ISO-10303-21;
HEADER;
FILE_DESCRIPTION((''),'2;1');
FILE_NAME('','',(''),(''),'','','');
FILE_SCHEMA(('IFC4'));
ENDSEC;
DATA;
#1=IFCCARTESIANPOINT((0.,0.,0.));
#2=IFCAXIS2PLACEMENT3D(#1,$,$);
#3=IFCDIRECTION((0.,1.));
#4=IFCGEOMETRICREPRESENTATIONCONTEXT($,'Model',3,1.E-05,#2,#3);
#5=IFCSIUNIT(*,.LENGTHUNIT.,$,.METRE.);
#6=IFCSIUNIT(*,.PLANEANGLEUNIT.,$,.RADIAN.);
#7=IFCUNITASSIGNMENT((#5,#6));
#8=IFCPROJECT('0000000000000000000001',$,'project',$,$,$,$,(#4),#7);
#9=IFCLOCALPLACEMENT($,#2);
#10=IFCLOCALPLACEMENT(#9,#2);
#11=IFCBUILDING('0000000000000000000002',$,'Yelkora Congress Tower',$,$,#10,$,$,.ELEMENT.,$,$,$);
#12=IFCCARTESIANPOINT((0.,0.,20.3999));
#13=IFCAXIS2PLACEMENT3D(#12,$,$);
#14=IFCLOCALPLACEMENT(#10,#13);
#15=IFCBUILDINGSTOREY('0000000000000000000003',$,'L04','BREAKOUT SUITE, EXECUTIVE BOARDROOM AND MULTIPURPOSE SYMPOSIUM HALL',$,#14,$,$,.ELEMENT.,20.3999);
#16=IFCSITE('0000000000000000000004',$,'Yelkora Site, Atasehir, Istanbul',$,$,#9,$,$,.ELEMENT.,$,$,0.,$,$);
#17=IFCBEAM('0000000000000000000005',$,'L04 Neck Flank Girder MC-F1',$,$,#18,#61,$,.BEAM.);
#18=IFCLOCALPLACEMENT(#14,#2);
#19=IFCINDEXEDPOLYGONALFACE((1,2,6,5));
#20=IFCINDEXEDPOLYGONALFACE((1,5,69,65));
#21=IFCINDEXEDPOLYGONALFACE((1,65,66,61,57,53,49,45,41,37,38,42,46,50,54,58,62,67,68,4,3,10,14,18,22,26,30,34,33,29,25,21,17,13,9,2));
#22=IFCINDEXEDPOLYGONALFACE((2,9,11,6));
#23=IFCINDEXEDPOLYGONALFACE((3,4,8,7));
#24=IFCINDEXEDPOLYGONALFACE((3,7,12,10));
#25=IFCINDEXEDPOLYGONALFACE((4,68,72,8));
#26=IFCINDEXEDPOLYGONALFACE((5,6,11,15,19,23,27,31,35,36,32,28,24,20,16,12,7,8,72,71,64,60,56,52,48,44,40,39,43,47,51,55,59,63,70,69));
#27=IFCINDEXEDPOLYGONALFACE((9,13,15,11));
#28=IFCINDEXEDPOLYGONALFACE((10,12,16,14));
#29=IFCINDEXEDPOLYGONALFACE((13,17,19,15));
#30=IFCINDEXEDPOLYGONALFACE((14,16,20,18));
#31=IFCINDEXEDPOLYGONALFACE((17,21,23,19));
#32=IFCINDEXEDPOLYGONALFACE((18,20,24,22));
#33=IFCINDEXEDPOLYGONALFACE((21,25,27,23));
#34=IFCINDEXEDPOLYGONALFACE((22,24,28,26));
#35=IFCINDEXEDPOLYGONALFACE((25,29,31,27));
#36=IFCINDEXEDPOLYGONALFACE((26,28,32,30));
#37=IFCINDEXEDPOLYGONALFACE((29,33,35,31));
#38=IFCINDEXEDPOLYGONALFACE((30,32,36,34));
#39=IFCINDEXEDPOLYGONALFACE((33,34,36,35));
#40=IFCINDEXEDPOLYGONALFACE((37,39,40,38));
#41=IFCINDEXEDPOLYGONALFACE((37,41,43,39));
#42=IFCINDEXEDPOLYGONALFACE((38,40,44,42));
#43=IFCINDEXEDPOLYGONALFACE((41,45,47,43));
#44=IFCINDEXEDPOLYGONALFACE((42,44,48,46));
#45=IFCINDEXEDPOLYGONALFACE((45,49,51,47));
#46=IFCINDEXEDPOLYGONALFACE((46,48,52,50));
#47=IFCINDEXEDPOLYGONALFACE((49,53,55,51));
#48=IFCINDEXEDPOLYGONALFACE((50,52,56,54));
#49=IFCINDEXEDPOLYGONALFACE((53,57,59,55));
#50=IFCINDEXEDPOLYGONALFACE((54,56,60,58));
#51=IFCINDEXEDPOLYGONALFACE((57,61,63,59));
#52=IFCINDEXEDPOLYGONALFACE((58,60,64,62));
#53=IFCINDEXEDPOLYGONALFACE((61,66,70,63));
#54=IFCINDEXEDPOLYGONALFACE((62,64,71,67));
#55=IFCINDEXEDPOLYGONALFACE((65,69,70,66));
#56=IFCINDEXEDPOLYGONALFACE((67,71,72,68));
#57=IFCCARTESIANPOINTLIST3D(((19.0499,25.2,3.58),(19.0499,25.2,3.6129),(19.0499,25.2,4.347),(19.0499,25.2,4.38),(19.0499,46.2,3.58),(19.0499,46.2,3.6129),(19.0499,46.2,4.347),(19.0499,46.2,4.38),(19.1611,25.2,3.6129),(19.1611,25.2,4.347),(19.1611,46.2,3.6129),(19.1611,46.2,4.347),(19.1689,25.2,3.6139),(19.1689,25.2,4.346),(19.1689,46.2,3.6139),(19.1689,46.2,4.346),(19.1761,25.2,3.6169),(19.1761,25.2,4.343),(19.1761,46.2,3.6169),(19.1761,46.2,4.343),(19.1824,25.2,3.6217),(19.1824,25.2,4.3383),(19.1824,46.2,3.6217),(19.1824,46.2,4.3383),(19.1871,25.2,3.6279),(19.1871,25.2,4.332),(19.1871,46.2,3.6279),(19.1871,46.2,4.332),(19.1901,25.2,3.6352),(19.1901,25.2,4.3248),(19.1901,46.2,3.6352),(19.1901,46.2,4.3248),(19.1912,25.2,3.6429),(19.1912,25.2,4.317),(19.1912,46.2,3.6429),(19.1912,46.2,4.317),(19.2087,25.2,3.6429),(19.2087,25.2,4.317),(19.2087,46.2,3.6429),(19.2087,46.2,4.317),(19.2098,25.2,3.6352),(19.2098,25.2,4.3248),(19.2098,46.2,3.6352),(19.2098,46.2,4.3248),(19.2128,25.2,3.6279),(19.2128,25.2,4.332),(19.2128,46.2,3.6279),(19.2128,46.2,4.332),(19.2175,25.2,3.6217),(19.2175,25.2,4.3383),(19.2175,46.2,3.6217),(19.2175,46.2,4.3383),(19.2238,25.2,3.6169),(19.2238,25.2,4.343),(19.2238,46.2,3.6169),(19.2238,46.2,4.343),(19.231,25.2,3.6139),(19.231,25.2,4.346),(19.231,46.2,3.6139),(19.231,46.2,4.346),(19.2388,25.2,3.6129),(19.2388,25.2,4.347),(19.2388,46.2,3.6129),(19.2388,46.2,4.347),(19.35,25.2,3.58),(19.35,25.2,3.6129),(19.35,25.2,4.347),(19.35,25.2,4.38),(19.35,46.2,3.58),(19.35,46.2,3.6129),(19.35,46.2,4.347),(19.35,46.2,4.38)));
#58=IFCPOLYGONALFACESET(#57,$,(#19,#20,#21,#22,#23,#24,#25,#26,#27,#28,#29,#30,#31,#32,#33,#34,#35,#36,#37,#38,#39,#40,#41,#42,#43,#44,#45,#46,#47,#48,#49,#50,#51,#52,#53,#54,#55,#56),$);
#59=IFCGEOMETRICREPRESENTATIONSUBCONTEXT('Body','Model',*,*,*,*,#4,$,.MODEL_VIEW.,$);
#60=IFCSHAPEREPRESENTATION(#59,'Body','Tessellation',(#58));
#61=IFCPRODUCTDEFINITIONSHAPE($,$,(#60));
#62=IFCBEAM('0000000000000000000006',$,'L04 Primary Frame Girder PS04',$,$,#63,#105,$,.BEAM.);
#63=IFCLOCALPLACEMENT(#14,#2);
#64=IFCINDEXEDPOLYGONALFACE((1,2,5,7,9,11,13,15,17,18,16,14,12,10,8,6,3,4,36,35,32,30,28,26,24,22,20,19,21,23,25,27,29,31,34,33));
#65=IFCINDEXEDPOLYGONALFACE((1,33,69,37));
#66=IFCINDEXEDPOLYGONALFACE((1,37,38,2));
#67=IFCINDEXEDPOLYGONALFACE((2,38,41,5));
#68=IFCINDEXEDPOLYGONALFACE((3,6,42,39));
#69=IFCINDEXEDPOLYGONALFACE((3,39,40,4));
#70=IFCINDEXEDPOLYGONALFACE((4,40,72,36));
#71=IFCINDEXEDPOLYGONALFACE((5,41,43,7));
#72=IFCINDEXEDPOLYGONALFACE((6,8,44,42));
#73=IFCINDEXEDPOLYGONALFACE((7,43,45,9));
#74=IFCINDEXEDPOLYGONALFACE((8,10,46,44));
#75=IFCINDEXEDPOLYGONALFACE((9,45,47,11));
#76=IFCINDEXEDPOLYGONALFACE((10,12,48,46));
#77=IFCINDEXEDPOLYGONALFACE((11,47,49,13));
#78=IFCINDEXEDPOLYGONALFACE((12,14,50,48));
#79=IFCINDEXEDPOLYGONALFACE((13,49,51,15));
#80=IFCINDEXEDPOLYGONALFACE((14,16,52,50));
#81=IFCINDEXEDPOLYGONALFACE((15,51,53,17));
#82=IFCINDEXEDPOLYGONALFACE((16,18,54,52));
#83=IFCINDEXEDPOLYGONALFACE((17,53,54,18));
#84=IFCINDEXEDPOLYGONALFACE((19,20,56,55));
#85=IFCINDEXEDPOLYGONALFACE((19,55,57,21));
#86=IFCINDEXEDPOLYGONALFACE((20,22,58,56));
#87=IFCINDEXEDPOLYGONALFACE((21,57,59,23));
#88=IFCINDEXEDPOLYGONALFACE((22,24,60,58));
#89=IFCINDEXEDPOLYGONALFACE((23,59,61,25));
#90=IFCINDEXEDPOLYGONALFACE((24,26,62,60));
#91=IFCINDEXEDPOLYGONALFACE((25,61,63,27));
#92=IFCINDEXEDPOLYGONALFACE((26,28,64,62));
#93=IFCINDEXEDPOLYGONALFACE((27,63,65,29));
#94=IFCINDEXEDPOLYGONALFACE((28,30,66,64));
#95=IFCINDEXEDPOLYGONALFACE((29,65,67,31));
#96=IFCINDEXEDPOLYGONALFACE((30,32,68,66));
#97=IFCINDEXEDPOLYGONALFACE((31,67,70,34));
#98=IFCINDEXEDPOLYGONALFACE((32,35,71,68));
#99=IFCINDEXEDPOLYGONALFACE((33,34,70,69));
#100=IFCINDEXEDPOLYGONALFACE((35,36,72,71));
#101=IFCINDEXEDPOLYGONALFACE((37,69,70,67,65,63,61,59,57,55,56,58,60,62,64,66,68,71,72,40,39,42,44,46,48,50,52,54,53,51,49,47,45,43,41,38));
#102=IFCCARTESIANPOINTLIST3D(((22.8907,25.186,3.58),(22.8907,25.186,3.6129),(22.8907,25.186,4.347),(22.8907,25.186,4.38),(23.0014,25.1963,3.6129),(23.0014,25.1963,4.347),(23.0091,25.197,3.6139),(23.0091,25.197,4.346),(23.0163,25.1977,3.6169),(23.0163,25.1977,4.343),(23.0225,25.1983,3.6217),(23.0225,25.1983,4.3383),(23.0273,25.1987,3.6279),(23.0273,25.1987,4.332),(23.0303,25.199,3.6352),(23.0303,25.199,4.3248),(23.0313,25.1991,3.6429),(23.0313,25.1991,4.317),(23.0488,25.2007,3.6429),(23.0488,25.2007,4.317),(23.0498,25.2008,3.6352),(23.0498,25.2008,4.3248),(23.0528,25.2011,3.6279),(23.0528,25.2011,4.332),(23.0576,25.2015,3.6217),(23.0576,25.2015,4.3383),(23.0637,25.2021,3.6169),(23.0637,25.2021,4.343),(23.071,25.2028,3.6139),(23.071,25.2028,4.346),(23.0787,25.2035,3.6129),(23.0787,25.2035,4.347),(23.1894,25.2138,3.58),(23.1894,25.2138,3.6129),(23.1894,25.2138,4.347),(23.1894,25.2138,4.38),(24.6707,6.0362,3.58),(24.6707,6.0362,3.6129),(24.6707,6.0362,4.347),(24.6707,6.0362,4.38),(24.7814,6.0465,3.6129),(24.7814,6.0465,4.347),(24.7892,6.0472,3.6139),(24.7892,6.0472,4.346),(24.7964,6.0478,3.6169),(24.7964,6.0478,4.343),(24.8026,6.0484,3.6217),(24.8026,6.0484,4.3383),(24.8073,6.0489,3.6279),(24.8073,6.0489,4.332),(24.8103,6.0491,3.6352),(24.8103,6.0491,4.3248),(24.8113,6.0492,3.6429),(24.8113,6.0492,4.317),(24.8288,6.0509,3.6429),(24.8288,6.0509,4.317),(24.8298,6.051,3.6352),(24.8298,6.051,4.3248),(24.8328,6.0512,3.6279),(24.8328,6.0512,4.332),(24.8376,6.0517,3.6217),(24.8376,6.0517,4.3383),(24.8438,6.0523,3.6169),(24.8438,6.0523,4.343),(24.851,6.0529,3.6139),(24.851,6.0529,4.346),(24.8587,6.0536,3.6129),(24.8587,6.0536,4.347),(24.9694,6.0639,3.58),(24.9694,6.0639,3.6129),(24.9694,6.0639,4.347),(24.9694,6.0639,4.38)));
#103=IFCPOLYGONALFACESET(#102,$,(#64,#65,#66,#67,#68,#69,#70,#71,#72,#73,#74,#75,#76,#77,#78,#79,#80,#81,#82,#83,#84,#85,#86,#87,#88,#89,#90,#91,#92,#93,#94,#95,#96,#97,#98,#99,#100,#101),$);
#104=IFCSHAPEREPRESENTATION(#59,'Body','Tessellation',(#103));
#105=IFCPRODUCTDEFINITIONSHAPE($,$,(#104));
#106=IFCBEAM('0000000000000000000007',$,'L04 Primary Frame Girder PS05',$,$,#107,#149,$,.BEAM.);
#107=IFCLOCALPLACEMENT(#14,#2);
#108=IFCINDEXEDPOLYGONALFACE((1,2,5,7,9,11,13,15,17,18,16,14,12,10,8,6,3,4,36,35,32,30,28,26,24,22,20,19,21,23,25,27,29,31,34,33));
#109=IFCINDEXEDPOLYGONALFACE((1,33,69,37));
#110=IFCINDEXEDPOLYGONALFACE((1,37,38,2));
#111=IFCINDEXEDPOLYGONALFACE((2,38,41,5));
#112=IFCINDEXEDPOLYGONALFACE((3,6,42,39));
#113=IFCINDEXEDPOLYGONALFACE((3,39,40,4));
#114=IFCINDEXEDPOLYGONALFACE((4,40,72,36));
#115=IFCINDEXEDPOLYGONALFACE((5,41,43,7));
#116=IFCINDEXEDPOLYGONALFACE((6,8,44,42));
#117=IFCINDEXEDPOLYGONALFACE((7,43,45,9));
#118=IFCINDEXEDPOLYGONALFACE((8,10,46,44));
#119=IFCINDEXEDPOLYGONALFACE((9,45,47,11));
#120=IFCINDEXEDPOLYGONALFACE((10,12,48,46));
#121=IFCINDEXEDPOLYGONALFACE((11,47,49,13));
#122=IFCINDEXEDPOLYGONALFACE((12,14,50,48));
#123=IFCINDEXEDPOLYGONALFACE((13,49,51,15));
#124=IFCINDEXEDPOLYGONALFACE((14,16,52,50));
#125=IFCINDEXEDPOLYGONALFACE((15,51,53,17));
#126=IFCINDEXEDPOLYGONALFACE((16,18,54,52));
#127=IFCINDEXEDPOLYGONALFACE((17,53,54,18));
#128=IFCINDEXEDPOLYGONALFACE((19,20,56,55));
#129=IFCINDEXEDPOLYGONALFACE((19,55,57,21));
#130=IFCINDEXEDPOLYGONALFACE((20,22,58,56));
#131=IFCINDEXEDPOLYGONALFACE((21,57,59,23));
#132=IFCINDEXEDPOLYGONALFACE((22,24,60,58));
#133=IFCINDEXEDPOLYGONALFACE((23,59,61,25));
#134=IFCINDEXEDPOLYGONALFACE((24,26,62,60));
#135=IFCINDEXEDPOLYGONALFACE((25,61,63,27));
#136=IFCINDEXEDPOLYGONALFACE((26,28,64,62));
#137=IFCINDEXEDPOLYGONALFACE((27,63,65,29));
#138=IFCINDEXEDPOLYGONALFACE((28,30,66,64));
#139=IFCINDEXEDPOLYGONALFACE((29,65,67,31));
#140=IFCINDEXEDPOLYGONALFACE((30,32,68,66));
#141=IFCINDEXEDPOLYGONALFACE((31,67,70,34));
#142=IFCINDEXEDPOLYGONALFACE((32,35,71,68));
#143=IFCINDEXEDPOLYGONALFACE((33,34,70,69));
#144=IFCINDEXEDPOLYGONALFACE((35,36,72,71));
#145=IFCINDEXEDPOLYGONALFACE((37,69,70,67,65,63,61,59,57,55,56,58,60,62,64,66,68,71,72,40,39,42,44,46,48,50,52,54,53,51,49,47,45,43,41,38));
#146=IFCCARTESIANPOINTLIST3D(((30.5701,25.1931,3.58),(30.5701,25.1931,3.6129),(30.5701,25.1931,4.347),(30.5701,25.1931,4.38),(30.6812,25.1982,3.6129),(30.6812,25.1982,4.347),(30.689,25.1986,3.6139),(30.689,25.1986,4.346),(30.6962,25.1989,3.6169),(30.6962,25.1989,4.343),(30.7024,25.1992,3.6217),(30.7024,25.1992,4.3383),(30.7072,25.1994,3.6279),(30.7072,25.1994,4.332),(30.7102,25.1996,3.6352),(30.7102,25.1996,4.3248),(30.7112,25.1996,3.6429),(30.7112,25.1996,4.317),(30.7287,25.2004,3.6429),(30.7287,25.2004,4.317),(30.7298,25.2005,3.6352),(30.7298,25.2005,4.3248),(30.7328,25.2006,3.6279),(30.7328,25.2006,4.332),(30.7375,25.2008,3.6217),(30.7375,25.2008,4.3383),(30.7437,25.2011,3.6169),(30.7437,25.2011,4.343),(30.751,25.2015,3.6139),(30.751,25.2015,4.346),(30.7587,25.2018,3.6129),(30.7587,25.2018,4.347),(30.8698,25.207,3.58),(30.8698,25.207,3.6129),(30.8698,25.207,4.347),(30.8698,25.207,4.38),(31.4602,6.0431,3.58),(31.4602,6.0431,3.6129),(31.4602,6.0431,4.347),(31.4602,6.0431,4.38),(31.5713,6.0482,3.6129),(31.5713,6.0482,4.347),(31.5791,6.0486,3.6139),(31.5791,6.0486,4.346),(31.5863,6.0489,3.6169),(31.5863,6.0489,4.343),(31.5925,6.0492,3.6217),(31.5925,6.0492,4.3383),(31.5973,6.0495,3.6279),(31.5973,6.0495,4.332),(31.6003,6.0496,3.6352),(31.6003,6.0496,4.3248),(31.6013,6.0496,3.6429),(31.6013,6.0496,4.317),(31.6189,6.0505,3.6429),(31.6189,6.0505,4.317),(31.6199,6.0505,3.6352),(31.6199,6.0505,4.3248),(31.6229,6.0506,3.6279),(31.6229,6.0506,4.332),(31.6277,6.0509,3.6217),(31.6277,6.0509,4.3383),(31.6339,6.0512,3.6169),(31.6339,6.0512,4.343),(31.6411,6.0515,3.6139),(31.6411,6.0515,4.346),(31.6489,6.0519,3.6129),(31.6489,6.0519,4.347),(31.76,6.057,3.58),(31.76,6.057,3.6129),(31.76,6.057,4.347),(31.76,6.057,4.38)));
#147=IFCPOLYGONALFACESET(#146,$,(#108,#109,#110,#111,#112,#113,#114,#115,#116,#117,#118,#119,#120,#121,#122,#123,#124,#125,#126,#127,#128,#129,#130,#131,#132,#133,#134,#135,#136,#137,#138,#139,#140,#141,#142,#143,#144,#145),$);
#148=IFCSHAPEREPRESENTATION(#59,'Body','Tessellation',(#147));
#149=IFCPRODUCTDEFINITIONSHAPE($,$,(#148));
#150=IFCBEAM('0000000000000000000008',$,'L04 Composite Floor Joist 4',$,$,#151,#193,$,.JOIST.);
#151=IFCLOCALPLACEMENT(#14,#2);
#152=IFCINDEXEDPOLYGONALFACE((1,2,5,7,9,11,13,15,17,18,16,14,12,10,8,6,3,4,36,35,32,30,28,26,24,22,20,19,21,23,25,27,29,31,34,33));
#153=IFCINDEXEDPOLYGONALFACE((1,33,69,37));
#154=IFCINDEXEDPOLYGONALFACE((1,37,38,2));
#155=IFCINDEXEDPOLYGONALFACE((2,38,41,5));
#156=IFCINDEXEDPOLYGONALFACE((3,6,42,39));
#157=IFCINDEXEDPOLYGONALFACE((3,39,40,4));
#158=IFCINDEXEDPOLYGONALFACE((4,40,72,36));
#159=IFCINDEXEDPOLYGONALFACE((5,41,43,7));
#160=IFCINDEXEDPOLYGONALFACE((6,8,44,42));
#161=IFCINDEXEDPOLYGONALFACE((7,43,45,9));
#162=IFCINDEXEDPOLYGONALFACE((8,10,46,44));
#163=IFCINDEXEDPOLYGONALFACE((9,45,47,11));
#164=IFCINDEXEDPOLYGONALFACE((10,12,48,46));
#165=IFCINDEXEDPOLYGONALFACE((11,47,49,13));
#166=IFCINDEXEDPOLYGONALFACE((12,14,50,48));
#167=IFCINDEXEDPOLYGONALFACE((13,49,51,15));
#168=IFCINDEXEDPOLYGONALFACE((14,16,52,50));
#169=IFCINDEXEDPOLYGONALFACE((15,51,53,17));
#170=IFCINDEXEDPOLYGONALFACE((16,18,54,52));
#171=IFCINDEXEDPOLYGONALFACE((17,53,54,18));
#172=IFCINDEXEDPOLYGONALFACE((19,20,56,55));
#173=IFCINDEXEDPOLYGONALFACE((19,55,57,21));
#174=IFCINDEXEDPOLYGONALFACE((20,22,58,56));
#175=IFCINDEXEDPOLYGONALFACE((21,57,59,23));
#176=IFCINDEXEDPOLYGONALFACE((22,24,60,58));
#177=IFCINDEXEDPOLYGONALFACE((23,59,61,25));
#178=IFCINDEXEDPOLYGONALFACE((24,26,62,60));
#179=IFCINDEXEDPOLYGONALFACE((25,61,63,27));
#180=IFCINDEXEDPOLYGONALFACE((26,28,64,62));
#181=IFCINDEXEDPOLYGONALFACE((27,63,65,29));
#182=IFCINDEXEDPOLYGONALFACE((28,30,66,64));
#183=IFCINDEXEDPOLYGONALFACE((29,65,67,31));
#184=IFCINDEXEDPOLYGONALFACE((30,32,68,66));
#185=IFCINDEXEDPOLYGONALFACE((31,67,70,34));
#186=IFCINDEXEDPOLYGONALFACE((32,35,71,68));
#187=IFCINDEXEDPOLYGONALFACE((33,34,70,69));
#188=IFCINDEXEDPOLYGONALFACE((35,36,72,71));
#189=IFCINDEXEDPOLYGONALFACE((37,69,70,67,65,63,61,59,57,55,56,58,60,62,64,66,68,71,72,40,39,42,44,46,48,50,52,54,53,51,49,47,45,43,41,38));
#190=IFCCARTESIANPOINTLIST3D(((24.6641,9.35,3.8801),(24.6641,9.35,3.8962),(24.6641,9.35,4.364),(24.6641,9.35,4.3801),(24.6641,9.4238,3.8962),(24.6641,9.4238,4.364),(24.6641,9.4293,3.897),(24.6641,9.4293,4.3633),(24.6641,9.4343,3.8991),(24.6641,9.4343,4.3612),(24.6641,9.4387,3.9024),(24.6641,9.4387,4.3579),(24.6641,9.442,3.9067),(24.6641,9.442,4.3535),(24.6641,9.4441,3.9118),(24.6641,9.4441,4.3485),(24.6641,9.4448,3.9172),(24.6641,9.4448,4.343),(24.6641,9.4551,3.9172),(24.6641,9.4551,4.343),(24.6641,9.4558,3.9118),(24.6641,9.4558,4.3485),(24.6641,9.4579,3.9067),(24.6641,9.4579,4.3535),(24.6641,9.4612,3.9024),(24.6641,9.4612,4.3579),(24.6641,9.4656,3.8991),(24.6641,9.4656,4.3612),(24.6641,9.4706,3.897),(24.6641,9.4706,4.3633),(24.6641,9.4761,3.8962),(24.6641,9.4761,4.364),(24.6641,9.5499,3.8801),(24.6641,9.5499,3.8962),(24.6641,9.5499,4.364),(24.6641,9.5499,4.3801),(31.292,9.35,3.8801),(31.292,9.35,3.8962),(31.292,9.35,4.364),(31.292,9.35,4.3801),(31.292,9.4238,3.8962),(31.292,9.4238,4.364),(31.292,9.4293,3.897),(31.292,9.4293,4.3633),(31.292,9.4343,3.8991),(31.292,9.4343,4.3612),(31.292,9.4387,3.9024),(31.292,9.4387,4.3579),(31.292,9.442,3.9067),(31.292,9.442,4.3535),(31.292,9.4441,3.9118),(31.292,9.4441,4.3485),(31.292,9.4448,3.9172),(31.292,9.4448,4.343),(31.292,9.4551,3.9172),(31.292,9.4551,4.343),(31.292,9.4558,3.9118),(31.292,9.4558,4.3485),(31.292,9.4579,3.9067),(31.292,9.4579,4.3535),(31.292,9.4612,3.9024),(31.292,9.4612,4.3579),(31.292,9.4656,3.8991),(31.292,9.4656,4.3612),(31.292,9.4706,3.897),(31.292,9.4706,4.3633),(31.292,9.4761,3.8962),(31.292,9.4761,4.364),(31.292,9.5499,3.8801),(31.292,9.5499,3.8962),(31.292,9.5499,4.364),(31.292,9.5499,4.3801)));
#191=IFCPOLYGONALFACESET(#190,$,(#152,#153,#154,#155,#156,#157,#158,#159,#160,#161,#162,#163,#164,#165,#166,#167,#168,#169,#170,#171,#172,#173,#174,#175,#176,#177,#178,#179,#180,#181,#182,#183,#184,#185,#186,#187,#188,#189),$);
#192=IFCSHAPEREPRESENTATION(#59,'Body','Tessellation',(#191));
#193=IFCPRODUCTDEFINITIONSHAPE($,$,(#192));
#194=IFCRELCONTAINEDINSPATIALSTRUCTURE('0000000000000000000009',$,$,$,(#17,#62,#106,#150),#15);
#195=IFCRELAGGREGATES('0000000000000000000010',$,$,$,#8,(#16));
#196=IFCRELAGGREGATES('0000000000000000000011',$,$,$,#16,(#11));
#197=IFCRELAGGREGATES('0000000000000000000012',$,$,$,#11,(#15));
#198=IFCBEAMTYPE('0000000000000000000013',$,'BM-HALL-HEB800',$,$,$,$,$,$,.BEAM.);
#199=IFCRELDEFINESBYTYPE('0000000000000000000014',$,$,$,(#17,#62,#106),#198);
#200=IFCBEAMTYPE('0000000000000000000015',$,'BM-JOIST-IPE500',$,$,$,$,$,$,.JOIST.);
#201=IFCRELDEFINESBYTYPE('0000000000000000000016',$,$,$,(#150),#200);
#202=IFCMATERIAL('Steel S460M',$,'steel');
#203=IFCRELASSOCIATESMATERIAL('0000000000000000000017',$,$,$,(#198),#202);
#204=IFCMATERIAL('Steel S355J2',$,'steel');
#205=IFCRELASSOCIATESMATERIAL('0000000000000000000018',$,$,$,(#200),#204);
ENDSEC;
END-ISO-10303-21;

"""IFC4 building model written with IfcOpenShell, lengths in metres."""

from ifc_helpers import new_model, si_unit, direction, frame, origin, origin_2d, place, context, subcontext, project, spatial, i_section, extrude, material, material_profile, profile_set, type_object, element, save


model = new_model("IFC4")

# Units and contexts
model_context = context("Model", 3, precision=1e-05, world=origin(), true_north=direction((0.0, 1.0)))
body_context = subcontext(model_context, "Body", "Model", "MODEL_VIEW")
ifc_project = project(units=[si_unit("LENGTHUNIT", "METRE"), si_unit("PLANEANGLEUNIT", "RADIAN")], contexts=[model_context])

# Site, building, storey
site_placement = place(None, origin())
site = spatial("IfcSite", under=ifc_project, at=site_placement, Name="Yelkora Site, Atasehir, Istanbul", CompositionType="ELEMENT", RefElevation=0.0)
building_placement = place(site_placement, origin())
building = spatial("IfcBuilding", under=site, at=building_placement, Name="Yelkora Congress Tower", CompositionType="ELEMENT")
storey_placement = place(building_placement, frame((0.0, 0.0, 20.3999)))
storey = spatial("IfcBuildingStorey", under=building, at=storey_placement, Name="L04", Description="BREAKOUT SUITE, EXECUTIVE BOARDROOM AND MULTIPURPOSE SYMPOSIUM HALL", CompositionType="ELEMENT", Elevation=20.3999)

# Beams
ifc_material_1 = material(Name="Steel S460M", Category="steel")
ifc_material_profile_1 = material_profile(ifc_material_1, i_section(OverallWidth=0.3, OverallDepth=0.8, WebThickness=0.0176, FlangeThickness=0.033, FilletRadius=0.03, at=origin_2d()), Name="HEB 800")
ifc_profile_set_1 = profile_set([ifc_material_profile_1], Name="Steel S460M")
beam_type_1 = type_object("IfcBeamType", Name="BM-HALL-HEB800", PredefinedType="BEAM", material=ifc_profile_set_1)
beam_1_placement = place(storey_placement, frame((19.2, 25.2, 3.98), z_axis=(0.0, 1.0, 0.0), x_axis=(-1.0, 0.0, 0.0)))
element("IfcBeam", 1, at=beam_1_placement, inside=storey, type_object=beam_type_1, Name="L04 Neck Flank Girder MC-F1", PredefinedType="BEAM", context=body_context, shape_type="SweptSolid", body=[
    extrude(i_section(OverallWidth=0.3, OverallDepth=0.8, WebThickness=0.0176, FlangeThickness=0.033, FilletRadius=0.03, at=origin_2d()), origin(), (0.0, 0.0, 1.0), 21.0),
])
beam_2_placement = place(storey_placement, frame((24.8201, 6.05, 3.98), z_axis=(-0.092553, 0.995708, 0.0), x_axis=(-0.995708, -0.092553, 0.0)))
element("IfcBeam", 2, at=beam_2_placement, inside=storey, type_object=beam_type_1, Name="L04 Primary Frame Girder PS04", PredefinedType="BEAM", context=body_context, shape_type="SweptSolid", body=[
    extrude(i_section(OverallWidth=0.3, OverallDepth=0.8, WebThickness=0.0176, FlangeThickness=0.033, FilletRadius=0.03, at=origin_2d()), origin(), (0.0, 0.0, 1.0), 19.2324),
])
beam_3_placement = place(storey_placement, frame((31.6101, 6.05, 3.98), z_axis=(-0.046432, 0.998921, 0.0), x_axis=(-0.998921, -0.046432, 0.0)))
element("IfcBeam", 3, at=beam_3_placement, inside=storey, type_object=beam_type_1, Name="L04 Primary Frame Girder PS05", PredefinedType="BEAM", context=body_context, shape_type="SweptSolid", body=[
    extrude(i_section(OverallWidth=0.3, OverallDepth=0.8, WebThickness=0.0176, FlangeThickness=0.033, FilletRadius=0.03, at=origin_2d()), origin(), (0.0, 0.0, 1.0), 19.1707),
])
ifc_material_2 = material(Name="Steel S355J2", Category="steel")
ifc_material_profile_2 = material_profile(ifc_material_2, i_section(OverallWidth=0.2, OverallDepth=0.5, WebThickness=0.0103, FlangeThickness=0.0161, FilletRadius=0.021, at=origin_2d()), Name="IPE 500")
ifc_profile_set_2 = profile_set([ifc_material_profile_2], Name="Steel S355J2")
beam_type_2 = type_object("IfcBeamType", Name="BM-JOIST-IPE500", PredefinedType="JOIST", material=ifc_profile_set_2)
for number, where, z_axis, x_axis, name in (
    (4, (24.6641, 9.45, 4.1301), (1.0, 0.0, 0.0), (0.0, 1.0, 0.0), "L04 Composite Floor Joist 4"),
):
    element("IfcBeam", number, at=place(storey_placement, frame(where, z_axis=z_axis, x_axis=x_axis)), inside=storey, type_object=beam_type_2, Name=name, PredefinedType="JOIST", context=body_context, shape_type="SweptSolid", body=[
        extrude(i_section(OverallWidth=0.2, OverallDepth=0.5, WebThickness=0.0103, FlangeThickness=0.0161, FilletRadius=0.021, at=origin_2d()), origin(), (0.0, 0.0, 1.0), 6.6279),
    ])

save(model, "model.ifc")
